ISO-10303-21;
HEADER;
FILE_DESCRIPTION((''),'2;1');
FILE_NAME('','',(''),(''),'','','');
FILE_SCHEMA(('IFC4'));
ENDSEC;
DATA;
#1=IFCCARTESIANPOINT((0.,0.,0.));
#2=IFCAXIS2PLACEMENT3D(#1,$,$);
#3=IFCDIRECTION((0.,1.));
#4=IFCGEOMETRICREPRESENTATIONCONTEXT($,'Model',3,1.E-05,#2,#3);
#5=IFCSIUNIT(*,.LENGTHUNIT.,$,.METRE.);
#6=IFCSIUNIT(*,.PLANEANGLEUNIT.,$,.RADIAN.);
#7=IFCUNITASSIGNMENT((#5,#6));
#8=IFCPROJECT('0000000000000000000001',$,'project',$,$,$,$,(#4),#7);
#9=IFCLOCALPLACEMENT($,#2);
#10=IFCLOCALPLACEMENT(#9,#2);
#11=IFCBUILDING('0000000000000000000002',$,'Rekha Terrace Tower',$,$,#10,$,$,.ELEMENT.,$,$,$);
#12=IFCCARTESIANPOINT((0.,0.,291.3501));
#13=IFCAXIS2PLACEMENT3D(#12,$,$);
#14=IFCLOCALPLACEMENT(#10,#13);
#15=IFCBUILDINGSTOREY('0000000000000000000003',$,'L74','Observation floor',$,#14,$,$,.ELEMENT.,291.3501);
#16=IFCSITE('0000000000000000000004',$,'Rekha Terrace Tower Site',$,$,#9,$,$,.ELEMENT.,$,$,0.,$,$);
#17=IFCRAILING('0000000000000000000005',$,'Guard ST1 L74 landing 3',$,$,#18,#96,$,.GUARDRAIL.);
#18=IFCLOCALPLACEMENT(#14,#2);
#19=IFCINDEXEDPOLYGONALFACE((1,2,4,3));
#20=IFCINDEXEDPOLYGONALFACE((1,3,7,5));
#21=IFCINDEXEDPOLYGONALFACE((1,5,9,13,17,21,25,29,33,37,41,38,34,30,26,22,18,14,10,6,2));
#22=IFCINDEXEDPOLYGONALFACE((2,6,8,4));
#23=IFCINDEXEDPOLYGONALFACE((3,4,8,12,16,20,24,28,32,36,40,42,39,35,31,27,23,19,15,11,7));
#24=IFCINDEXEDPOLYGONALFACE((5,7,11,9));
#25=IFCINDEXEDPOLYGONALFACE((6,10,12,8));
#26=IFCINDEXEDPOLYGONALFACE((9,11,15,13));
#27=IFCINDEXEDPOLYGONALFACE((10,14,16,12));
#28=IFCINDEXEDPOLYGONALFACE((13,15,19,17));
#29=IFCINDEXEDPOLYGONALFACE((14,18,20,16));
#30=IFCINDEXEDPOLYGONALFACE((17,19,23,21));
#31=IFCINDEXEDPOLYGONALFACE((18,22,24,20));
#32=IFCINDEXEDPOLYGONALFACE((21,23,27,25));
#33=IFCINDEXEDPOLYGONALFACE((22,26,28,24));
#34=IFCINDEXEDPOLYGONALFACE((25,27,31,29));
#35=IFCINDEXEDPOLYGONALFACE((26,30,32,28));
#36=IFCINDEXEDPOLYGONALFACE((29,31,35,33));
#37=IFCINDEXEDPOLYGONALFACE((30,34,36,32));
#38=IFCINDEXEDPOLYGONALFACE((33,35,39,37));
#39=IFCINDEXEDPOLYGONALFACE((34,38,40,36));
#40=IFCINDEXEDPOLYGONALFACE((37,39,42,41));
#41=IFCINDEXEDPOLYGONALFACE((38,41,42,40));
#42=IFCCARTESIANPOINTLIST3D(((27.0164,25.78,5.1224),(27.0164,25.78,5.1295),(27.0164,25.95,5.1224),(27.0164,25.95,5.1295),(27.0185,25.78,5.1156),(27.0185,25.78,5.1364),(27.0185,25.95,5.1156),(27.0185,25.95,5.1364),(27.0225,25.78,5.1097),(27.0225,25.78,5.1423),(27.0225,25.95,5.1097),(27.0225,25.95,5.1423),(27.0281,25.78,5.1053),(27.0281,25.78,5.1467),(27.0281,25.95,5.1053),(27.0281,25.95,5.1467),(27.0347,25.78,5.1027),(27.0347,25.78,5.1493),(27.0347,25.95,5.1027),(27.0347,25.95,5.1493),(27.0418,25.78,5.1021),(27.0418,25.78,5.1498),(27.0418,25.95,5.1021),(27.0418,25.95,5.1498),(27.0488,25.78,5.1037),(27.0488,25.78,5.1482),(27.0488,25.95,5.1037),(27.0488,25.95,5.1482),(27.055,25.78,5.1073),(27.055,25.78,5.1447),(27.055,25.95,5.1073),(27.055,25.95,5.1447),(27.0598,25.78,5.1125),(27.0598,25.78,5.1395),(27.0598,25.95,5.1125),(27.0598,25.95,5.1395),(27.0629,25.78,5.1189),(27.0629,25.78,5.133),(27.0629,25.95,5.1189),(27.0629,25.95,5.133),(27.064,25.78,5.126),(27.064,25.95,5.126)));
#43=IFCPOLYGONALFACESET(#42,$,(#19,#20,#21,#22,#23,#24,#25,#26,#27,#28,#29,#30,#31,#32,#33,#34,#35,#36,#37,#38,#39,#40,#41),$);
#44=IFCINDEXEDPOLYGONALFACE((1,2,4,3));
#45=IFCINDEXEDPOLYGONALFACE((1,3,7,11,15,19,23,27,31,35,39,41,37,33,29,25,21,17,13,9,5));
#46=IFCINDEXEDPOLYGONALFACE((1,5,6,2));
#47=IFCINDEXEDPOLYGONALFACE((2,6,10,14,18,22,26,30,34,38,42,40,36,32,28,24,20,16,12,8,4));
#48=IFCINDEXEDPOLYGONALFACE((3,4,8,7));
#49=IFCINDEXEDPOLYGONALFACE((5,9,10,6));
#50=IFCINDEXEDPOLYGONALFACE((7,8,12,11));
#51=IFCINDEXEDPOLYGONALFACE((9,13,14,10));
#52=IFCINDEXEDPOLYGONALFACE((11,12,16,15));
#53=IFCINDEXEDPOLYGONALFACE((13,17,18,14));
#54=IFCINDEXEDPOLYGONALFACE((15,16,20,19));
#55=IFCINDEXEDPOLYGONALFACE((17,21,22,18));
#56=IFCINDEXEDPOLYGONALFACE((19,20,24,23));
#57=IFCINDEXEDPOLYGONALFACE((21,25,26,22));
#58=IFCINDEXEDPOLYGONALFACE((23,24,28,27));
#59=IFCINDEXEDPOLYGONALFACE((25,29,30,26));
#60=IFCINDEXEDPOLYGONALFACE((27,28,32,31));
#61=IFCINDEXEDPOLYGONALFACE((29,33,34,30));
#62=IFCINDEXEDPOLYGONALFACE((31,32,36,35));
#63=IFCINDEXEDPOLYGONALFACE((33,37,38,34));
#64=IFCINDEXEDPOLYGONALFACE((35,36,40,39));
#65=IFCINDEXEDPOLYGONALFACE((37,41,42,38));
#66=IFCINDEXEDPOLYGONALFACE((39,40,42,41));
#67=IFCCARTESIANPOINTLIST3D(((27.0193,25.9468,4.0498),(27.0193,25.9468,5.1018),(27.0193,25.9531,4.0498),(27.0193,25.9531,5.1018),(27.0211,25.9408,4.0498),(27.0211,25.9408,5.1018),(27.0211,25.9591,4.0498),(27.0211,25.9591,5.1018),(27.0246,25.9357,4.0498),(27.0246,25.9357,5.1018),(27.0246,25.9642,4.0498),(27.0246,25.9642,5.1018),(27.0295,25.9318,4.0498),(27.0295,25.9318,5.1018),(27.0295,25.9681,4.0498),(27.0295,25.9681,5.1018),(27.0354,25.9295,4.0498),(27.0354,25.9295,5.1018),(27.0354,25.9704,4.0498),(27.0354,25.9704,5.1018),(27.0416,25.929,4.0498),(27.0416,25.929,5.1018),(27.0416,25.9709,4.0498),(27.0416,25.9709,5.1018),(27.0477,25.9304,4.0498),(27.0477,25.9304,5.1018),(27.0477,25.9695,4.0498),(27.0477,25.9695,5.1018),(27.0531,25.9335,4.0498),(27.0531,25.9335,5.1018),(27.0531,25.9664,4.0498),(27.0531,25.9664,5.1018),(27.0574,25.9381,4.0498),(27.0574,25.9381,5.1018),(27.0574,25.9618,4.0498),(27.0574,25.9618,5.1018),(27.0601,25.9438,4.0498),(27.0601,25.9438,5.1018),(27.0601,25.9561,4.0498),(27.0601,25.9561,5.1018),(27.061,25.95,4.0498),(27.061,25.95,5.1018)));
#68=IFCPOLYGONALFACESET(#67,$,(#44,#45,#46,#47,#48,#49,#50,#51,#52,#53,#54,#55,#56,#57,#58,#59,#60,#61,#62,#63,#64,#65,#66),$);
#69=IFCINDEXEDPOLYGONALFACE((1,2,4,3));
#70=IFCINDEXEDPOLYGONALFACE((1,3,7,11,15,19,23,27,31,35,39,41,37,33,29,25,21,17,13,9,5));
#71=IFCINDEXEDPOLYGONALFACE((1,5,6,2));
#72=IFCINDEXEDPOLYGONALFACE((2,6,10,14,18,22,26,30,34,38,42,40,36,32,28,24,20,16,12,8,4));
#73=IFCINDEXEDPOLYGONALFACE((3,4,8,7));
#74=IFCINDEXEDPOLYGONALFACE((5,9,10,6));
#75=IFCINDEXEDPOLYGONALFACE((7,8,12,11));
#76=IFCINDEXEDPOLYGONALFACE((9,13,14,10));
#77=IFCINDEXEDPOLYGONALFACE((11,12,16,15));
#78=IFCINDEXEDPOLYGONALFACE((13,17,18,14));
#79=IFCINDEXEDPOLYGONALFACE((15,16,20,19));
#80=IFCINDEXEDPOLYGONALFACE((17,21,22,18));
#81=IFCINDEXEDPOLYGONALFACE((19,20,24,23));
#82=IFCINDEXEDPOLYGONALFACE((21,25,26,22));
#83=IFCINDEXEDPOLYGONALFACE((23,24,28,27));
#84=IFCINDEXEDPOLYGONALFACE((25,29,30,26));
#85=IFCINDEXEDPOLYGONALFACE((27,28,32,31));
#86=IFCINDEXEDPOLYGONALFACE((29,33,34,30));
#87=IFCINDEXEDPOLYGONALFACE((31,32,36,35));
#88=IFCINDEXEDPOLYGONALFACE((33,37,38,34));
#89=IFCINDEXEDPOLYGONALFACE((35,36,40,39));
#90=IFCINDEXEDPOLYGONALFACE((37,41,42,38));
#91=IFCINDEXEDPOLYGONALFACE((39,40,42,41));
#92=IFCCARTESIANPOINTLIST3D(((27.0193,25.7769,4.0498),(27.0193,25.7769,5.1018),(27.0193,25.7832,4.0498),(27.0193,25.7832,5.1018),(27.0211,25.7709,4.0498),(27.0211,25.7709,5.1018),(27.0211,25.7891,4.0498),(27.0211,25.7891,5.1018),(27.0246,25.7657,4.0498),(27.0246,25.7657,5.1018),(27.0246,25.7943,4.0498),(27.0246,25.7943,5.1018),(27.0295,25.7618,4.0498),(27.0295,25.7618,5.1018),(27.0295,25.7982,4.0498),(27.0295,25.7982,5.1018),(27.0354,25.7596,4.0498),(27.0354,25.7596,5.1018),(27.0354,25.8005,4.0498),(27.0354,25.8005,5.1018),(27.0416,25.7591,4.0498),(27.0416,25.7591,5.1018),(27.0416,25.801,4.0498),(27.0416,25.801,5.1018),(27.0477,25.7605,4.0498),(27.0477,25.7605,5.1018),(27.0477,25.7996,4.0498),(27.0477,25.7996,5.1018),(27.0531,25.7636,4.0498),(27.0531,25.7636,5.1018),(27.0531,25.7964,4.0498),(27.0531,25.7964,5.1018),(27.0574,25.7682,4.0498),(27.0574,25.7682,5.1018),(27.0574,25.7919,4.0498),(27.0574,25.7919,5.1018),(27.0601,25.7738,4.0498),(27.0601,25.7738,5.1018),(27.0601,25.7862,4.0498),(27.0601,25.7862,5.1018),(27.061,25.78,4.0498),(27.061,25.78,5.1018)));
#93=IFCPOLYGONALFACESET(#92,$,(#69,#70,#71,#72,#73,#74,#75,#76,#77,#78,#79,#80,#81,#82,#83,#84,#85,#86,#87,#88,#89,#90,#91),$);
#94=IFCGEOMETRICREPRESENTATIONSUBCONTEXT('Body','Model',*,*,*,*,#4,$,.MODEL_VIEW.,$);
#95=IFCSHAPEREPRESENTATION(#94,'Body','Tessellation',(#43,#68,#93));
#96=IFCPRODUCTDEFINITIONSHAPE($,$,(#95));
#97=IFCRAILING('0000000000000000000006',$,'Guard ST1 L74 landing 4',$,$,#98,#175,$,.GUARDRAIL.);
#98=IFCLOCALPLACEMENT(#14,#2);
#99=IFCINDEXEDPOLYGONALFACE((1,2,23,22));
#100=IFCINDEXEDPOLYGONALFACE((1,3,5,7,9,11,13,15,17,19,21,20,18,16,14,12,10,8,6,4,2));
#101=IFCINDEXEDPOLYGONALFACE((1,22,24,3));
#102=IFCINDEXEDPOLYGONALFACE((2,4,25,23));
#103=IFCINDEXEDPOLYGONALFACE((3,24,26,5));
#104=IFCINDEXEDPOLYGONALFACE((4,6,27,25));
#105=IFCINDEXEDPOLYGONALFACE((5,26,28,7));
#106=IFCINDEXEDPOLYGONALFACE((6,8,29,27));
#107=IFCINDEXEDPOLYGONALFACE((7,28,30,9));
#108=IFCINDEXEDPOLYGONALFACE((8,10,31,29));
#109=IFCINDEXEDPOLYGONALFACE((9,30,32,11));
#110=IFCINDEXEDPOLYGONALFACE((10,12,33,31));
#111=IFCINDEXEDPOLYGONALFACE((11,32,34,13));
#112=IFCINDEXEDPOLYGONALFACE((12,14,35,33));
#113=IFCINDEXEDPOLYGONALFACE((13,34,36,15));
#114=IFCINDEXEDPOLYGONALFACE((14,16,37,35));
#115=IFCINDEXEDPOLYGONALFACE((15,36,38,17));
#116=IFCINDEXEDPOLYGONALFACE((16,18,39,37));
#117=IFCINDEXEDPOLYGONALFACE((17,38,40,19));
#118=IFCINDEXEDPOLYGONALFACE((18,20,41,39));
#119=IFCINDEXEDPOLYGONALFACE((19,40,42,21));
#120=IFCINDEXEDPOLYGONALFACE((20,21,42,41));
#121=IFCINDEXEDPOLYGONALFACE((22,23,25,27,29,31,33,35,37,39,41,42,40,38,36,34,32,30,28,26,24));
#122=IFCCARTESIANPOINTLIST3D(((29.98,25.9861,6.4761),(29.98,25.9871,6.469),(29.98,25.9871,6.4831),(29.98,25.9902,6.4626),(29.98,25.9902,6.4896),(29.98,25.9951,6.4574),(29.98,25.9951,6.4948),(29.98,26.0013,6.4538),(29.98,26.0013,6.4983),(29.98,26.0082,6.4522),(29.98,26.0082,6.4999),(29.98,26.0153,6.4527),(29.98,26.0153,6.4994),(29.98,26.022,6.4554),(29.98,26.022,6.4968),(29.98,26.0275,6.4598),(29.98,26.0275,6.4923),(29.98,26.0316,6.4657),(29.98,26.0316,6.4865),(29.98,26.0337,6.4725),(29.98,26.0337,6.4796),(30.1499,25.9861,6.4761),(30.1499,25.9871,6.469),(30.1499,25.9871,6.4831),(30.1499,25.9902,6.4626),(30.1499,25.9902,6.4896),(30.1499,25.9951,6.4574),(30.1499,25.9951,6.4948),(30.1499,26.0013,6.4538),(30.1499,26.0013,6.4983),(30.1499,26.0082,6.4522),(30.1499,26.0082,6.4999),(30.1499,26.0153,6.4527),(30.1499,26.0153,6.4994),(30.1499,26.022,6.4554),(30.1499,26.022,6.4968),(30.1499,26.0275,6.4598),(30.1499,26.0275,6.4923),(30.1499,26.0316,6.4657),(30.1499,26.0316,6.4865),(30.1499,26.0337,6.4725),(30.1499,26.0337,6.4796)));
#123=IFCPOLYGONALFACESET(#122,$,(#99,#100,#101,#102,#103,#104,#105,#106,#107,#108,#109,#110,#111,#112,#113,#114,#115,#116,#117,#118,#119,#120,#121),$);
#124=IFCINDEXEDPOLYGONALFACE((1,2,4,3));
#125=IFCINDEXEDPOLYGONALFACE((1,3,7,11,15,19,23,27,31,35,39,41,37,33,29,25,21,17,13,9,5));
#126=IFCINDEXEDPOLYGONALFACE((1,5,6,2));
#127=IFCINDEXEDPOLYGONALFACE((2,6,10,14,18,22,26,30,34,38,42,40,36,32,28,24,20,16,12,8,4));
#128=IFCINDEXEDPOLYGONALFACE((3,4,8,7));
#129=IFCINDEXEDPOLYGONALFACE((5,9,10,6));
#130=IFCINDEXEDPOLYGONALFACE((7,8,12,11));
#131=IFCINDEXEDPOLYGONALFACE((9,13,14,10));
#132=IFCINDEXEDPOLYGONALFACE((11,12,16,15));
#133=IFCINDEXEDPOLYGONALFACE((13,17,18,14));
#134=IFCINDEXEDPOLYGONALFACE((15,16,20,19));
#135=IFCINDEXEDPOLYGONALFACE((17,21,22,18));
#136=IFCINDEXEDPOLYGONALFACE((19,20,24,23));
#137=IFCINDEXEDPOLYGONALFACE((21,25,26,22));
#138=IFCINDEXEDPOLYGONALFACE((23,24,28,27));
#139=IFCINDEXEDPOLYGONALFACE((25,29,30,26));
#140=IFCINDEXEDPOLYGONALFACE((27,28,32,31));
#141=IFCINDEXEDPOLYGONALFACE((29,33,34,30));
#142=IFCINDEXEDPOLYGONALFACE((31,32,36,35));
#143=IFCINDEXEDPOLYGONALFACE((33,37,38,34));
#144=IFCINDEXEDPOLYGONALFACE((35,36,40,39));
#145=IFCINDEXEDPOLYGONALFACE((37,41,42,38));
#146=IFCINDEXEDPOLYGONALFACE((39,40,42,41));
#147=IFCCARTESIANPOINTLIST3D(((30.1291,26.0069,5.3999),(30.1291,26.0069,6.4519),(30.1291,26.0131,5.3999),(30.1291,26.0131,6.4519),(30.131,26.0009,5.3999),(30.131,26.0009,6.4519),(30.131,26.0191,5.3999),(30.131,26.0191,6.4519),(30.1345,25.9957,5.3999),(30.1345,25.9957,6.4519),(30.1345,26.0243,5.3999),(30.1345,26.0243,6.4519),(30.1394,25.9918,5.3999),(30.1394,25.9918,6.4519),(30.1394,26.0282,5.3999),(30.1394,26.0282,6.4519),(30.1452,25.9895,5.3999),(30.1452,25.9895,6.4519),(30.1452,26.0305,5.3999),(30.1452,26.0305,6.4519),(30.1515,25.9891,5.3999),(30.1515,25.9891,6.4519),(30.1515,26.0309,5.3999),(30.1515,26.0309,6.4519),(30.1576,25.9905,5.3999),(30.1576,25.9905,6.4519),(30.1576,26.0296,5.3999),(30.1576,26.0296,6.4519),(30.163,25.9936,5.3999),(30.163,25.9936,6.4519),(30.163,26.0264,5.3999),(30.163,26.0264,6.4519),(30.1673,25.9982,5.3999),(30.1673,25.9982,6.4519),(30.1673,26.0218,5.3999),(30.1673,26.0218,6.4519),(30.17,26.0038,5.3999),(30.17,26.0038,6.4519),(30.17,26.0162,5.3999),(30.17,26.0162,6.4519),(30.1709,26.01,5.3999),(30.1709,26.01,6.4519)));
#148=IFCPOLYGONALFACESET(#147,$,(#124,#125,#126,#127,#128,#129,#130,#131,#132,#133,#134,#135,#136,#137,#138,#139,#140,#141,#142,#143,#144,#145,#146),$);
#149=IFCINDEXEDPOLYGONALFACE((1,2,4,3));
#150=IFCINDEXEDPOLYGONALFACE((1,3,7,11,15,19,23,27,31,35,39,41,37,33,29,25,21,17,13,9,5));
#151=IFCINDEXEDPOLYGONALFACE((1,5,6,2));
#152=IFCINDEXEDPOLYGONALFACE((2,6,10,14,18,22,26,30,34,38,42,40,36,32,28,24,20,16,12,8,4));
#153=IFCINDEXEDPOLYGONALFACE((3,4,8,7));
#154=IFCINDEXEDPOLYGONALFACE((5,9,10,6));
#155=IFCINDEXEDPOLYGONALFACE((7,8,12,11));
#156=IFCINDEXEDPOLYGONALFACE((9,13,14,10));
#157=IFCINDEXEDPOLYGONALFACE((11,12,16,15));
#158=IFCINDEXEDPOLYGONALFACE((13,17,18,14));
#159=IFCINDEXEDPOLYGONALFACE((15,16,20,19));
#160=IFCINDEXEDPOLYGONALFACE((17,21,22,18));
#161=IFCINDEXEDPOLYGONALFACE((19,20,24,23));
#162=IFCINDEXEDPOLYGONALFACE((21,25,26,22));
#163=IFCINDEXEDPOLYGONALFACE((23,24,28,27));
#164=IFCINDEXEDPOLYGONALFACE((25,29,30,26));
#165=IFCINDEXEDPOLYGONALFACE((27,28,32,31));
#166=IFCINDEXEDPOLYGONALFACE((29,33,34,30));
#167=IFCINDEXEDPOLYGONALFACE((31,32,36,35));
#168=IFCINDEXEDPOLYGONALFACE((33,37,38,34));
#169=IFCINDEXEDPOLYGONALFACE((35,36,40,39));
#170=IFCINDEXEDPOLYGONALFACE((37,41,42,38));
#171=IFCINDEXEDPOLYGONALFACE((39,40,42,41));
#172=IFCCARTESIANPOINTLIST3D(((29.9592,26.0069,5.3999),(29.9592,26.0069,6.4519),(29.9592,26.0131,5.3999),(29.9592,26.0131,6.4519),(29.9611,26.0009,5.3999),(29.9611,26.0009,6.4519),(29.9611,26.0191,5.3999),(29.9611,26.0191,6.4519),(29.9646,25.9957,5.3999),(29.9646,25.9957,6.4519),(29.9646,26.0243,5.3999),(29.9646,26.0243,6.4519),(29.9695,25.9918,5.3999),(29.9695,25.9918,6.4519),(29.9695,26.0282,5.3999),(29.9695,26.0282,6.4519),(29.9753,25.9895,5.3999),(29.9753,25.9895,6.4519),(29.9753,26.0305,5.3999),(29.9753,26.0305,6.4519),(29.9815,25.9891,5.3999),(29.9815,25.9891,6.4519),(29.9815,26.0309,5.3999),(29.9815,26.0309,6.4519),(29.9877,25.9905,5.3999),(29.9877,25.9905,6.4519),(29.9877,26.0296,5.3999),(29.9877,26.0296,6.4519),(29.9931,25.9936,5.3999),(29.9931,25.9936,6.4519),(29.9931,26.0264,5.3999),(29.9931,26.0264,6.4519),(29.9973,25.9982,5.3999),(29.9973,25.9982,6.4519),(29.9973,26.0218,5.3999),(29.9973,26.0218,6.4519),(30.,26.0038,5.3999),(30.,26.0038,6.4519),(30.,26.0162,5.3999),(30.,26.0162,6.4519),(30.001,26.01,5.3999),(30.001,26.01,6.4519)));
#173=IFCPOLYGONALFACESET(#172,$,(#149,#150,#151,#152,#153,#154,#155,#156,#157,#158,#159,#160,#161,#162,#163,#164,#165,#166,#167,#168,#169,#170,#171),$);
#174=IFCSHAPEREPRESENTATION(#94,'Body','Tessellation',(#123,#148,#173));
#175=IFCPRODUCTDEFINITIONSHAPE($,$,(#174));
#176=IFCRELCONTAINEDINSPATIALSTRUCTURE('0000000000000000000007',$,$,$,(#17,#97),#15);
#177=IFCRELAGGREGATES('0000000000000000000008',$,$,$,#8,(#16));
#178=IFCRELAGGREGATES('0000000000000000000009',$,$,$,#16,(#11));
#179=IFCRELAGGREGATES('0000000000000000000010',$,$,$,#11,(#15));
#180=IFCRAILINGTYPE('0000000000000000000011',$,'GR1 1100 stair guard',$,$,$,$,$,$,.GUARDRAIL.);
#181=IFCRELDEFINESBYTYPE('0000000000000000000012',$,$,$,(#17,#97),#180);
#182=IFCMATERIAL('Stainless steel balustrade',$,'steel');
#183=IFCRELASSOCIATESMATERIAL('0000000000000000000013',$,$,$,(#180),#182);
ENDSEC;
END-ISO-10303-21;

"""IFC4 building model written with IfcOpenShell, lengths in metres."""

from ifc_helpers import new_model, si_unit, direction, frame, origin, origin_2d, place, context, subcontext, project, spatial, circle, extrude, material, type_object, element, save


model = new_model("IFC4")

# Units and contexts
model_context = context("Model", 3, precision=1e-05, world=origin(), true_north=direction((0.0, 1.0)))
body_context = subcontext(model_context, "Body", "Model", "MODEL_VIEW")
ifc_project = project(units=[si_unit("LENGTHUNIT", "METRE"), si_unit("PLANEANGLEUNIT", "RADIAN")], contexts=[model_context])

# Site, building, storey
site_placement = place(None, origin())
site = spatial("IfcSite", under=ifc_project, at=site_placement, Name="Rekha Terrace Tower Site", CompositionType="ELEMENT", RefElevation=0.0)
building_placement = place(site_placement, origin())
building = spatial("IfcBuilding", under=site, at=building_placement, Name="Rekha Terrace Tower", CompositionType="ELEMENT")
storey_placement = place(building_placement, frame((0.0, 0.0, 291.3501)))
storey = spatial("IfcBuildingStorey", under=building, at=storey_placement, Name="L74", Description="Observation floor", CompositionType="ELEMENT", Elevation=291.3501)

# Railings
ifc_material_1 = material(Name="Stainless steel balustrade", Category="steel")
railing_type_1 = type_object("IfcRailingType", Name="GR1 1100 stair guard", PredefinedType="GUARDRAIL", material=ifc_material_1)
railing_1_placement = place(storey_placement, frame((27.04, 25.95, 4.0498)))
element("IfcRailing", 1, at=railing_1_placement, inside=storey, type_object=railing_type_1, Name="Guard ST1 L74 landing 3", PredefinedType="GUARDRAIL", context=body_context, shape_type="SweptSolid", body=[
    extrude(circle(Radius=0.0239, at=origin_2d()), frame((0.0, 0.0, 1.0762), z_axis=(0.0, -1.0, 0.0), x_axis=(1.0, 0.0, 0.0)), (0.0, 0.0, 1.0), 0.1699),
    extrude(circle(Radius=0.021, at=origin_2d()), origin(), (0.0, 0.0, 1.0), 1.052),
    extrude(circle(Radius=0.021, at=origin_2d()), frame((0.0, -0.1699, 0.0)), (0.0, 0.0, 1.0), 1.052),
])
railing_2_placement = place(storey_placement, frame((30.1499, 26.01, 5.3999)))
element("IfcRailing", 2, at=railing_2_placement, inside=storey, type_object=railing_type_1, Name="Guard ST1 L74 landing 4", PredefinedType="GUARDRAIL", context=body_context, shape_type="SweptSolid", body=[
    extrude(circle(Radius=0.0239, at=origin_2d()), frame((0.0, 0.0, 1.0762), z_axis=(-1.0, 0.0, 0.0), x_axis=(0.0, -1.0, 0.0)), (0.0, 0.0, 1.0), 0.1699),
    extrude(circle(Radius=0.021, at=origin_2d()), origin(), (0.0, 0.0, 1.0), 1.052),
    extrude(circle(Radius=0.021, at=origin_2d()), frame((-0.1699, 0.0, 0.0)), (0.0, 0.0, 1.0), 1.052),
])

save(model, "model.ifc")
